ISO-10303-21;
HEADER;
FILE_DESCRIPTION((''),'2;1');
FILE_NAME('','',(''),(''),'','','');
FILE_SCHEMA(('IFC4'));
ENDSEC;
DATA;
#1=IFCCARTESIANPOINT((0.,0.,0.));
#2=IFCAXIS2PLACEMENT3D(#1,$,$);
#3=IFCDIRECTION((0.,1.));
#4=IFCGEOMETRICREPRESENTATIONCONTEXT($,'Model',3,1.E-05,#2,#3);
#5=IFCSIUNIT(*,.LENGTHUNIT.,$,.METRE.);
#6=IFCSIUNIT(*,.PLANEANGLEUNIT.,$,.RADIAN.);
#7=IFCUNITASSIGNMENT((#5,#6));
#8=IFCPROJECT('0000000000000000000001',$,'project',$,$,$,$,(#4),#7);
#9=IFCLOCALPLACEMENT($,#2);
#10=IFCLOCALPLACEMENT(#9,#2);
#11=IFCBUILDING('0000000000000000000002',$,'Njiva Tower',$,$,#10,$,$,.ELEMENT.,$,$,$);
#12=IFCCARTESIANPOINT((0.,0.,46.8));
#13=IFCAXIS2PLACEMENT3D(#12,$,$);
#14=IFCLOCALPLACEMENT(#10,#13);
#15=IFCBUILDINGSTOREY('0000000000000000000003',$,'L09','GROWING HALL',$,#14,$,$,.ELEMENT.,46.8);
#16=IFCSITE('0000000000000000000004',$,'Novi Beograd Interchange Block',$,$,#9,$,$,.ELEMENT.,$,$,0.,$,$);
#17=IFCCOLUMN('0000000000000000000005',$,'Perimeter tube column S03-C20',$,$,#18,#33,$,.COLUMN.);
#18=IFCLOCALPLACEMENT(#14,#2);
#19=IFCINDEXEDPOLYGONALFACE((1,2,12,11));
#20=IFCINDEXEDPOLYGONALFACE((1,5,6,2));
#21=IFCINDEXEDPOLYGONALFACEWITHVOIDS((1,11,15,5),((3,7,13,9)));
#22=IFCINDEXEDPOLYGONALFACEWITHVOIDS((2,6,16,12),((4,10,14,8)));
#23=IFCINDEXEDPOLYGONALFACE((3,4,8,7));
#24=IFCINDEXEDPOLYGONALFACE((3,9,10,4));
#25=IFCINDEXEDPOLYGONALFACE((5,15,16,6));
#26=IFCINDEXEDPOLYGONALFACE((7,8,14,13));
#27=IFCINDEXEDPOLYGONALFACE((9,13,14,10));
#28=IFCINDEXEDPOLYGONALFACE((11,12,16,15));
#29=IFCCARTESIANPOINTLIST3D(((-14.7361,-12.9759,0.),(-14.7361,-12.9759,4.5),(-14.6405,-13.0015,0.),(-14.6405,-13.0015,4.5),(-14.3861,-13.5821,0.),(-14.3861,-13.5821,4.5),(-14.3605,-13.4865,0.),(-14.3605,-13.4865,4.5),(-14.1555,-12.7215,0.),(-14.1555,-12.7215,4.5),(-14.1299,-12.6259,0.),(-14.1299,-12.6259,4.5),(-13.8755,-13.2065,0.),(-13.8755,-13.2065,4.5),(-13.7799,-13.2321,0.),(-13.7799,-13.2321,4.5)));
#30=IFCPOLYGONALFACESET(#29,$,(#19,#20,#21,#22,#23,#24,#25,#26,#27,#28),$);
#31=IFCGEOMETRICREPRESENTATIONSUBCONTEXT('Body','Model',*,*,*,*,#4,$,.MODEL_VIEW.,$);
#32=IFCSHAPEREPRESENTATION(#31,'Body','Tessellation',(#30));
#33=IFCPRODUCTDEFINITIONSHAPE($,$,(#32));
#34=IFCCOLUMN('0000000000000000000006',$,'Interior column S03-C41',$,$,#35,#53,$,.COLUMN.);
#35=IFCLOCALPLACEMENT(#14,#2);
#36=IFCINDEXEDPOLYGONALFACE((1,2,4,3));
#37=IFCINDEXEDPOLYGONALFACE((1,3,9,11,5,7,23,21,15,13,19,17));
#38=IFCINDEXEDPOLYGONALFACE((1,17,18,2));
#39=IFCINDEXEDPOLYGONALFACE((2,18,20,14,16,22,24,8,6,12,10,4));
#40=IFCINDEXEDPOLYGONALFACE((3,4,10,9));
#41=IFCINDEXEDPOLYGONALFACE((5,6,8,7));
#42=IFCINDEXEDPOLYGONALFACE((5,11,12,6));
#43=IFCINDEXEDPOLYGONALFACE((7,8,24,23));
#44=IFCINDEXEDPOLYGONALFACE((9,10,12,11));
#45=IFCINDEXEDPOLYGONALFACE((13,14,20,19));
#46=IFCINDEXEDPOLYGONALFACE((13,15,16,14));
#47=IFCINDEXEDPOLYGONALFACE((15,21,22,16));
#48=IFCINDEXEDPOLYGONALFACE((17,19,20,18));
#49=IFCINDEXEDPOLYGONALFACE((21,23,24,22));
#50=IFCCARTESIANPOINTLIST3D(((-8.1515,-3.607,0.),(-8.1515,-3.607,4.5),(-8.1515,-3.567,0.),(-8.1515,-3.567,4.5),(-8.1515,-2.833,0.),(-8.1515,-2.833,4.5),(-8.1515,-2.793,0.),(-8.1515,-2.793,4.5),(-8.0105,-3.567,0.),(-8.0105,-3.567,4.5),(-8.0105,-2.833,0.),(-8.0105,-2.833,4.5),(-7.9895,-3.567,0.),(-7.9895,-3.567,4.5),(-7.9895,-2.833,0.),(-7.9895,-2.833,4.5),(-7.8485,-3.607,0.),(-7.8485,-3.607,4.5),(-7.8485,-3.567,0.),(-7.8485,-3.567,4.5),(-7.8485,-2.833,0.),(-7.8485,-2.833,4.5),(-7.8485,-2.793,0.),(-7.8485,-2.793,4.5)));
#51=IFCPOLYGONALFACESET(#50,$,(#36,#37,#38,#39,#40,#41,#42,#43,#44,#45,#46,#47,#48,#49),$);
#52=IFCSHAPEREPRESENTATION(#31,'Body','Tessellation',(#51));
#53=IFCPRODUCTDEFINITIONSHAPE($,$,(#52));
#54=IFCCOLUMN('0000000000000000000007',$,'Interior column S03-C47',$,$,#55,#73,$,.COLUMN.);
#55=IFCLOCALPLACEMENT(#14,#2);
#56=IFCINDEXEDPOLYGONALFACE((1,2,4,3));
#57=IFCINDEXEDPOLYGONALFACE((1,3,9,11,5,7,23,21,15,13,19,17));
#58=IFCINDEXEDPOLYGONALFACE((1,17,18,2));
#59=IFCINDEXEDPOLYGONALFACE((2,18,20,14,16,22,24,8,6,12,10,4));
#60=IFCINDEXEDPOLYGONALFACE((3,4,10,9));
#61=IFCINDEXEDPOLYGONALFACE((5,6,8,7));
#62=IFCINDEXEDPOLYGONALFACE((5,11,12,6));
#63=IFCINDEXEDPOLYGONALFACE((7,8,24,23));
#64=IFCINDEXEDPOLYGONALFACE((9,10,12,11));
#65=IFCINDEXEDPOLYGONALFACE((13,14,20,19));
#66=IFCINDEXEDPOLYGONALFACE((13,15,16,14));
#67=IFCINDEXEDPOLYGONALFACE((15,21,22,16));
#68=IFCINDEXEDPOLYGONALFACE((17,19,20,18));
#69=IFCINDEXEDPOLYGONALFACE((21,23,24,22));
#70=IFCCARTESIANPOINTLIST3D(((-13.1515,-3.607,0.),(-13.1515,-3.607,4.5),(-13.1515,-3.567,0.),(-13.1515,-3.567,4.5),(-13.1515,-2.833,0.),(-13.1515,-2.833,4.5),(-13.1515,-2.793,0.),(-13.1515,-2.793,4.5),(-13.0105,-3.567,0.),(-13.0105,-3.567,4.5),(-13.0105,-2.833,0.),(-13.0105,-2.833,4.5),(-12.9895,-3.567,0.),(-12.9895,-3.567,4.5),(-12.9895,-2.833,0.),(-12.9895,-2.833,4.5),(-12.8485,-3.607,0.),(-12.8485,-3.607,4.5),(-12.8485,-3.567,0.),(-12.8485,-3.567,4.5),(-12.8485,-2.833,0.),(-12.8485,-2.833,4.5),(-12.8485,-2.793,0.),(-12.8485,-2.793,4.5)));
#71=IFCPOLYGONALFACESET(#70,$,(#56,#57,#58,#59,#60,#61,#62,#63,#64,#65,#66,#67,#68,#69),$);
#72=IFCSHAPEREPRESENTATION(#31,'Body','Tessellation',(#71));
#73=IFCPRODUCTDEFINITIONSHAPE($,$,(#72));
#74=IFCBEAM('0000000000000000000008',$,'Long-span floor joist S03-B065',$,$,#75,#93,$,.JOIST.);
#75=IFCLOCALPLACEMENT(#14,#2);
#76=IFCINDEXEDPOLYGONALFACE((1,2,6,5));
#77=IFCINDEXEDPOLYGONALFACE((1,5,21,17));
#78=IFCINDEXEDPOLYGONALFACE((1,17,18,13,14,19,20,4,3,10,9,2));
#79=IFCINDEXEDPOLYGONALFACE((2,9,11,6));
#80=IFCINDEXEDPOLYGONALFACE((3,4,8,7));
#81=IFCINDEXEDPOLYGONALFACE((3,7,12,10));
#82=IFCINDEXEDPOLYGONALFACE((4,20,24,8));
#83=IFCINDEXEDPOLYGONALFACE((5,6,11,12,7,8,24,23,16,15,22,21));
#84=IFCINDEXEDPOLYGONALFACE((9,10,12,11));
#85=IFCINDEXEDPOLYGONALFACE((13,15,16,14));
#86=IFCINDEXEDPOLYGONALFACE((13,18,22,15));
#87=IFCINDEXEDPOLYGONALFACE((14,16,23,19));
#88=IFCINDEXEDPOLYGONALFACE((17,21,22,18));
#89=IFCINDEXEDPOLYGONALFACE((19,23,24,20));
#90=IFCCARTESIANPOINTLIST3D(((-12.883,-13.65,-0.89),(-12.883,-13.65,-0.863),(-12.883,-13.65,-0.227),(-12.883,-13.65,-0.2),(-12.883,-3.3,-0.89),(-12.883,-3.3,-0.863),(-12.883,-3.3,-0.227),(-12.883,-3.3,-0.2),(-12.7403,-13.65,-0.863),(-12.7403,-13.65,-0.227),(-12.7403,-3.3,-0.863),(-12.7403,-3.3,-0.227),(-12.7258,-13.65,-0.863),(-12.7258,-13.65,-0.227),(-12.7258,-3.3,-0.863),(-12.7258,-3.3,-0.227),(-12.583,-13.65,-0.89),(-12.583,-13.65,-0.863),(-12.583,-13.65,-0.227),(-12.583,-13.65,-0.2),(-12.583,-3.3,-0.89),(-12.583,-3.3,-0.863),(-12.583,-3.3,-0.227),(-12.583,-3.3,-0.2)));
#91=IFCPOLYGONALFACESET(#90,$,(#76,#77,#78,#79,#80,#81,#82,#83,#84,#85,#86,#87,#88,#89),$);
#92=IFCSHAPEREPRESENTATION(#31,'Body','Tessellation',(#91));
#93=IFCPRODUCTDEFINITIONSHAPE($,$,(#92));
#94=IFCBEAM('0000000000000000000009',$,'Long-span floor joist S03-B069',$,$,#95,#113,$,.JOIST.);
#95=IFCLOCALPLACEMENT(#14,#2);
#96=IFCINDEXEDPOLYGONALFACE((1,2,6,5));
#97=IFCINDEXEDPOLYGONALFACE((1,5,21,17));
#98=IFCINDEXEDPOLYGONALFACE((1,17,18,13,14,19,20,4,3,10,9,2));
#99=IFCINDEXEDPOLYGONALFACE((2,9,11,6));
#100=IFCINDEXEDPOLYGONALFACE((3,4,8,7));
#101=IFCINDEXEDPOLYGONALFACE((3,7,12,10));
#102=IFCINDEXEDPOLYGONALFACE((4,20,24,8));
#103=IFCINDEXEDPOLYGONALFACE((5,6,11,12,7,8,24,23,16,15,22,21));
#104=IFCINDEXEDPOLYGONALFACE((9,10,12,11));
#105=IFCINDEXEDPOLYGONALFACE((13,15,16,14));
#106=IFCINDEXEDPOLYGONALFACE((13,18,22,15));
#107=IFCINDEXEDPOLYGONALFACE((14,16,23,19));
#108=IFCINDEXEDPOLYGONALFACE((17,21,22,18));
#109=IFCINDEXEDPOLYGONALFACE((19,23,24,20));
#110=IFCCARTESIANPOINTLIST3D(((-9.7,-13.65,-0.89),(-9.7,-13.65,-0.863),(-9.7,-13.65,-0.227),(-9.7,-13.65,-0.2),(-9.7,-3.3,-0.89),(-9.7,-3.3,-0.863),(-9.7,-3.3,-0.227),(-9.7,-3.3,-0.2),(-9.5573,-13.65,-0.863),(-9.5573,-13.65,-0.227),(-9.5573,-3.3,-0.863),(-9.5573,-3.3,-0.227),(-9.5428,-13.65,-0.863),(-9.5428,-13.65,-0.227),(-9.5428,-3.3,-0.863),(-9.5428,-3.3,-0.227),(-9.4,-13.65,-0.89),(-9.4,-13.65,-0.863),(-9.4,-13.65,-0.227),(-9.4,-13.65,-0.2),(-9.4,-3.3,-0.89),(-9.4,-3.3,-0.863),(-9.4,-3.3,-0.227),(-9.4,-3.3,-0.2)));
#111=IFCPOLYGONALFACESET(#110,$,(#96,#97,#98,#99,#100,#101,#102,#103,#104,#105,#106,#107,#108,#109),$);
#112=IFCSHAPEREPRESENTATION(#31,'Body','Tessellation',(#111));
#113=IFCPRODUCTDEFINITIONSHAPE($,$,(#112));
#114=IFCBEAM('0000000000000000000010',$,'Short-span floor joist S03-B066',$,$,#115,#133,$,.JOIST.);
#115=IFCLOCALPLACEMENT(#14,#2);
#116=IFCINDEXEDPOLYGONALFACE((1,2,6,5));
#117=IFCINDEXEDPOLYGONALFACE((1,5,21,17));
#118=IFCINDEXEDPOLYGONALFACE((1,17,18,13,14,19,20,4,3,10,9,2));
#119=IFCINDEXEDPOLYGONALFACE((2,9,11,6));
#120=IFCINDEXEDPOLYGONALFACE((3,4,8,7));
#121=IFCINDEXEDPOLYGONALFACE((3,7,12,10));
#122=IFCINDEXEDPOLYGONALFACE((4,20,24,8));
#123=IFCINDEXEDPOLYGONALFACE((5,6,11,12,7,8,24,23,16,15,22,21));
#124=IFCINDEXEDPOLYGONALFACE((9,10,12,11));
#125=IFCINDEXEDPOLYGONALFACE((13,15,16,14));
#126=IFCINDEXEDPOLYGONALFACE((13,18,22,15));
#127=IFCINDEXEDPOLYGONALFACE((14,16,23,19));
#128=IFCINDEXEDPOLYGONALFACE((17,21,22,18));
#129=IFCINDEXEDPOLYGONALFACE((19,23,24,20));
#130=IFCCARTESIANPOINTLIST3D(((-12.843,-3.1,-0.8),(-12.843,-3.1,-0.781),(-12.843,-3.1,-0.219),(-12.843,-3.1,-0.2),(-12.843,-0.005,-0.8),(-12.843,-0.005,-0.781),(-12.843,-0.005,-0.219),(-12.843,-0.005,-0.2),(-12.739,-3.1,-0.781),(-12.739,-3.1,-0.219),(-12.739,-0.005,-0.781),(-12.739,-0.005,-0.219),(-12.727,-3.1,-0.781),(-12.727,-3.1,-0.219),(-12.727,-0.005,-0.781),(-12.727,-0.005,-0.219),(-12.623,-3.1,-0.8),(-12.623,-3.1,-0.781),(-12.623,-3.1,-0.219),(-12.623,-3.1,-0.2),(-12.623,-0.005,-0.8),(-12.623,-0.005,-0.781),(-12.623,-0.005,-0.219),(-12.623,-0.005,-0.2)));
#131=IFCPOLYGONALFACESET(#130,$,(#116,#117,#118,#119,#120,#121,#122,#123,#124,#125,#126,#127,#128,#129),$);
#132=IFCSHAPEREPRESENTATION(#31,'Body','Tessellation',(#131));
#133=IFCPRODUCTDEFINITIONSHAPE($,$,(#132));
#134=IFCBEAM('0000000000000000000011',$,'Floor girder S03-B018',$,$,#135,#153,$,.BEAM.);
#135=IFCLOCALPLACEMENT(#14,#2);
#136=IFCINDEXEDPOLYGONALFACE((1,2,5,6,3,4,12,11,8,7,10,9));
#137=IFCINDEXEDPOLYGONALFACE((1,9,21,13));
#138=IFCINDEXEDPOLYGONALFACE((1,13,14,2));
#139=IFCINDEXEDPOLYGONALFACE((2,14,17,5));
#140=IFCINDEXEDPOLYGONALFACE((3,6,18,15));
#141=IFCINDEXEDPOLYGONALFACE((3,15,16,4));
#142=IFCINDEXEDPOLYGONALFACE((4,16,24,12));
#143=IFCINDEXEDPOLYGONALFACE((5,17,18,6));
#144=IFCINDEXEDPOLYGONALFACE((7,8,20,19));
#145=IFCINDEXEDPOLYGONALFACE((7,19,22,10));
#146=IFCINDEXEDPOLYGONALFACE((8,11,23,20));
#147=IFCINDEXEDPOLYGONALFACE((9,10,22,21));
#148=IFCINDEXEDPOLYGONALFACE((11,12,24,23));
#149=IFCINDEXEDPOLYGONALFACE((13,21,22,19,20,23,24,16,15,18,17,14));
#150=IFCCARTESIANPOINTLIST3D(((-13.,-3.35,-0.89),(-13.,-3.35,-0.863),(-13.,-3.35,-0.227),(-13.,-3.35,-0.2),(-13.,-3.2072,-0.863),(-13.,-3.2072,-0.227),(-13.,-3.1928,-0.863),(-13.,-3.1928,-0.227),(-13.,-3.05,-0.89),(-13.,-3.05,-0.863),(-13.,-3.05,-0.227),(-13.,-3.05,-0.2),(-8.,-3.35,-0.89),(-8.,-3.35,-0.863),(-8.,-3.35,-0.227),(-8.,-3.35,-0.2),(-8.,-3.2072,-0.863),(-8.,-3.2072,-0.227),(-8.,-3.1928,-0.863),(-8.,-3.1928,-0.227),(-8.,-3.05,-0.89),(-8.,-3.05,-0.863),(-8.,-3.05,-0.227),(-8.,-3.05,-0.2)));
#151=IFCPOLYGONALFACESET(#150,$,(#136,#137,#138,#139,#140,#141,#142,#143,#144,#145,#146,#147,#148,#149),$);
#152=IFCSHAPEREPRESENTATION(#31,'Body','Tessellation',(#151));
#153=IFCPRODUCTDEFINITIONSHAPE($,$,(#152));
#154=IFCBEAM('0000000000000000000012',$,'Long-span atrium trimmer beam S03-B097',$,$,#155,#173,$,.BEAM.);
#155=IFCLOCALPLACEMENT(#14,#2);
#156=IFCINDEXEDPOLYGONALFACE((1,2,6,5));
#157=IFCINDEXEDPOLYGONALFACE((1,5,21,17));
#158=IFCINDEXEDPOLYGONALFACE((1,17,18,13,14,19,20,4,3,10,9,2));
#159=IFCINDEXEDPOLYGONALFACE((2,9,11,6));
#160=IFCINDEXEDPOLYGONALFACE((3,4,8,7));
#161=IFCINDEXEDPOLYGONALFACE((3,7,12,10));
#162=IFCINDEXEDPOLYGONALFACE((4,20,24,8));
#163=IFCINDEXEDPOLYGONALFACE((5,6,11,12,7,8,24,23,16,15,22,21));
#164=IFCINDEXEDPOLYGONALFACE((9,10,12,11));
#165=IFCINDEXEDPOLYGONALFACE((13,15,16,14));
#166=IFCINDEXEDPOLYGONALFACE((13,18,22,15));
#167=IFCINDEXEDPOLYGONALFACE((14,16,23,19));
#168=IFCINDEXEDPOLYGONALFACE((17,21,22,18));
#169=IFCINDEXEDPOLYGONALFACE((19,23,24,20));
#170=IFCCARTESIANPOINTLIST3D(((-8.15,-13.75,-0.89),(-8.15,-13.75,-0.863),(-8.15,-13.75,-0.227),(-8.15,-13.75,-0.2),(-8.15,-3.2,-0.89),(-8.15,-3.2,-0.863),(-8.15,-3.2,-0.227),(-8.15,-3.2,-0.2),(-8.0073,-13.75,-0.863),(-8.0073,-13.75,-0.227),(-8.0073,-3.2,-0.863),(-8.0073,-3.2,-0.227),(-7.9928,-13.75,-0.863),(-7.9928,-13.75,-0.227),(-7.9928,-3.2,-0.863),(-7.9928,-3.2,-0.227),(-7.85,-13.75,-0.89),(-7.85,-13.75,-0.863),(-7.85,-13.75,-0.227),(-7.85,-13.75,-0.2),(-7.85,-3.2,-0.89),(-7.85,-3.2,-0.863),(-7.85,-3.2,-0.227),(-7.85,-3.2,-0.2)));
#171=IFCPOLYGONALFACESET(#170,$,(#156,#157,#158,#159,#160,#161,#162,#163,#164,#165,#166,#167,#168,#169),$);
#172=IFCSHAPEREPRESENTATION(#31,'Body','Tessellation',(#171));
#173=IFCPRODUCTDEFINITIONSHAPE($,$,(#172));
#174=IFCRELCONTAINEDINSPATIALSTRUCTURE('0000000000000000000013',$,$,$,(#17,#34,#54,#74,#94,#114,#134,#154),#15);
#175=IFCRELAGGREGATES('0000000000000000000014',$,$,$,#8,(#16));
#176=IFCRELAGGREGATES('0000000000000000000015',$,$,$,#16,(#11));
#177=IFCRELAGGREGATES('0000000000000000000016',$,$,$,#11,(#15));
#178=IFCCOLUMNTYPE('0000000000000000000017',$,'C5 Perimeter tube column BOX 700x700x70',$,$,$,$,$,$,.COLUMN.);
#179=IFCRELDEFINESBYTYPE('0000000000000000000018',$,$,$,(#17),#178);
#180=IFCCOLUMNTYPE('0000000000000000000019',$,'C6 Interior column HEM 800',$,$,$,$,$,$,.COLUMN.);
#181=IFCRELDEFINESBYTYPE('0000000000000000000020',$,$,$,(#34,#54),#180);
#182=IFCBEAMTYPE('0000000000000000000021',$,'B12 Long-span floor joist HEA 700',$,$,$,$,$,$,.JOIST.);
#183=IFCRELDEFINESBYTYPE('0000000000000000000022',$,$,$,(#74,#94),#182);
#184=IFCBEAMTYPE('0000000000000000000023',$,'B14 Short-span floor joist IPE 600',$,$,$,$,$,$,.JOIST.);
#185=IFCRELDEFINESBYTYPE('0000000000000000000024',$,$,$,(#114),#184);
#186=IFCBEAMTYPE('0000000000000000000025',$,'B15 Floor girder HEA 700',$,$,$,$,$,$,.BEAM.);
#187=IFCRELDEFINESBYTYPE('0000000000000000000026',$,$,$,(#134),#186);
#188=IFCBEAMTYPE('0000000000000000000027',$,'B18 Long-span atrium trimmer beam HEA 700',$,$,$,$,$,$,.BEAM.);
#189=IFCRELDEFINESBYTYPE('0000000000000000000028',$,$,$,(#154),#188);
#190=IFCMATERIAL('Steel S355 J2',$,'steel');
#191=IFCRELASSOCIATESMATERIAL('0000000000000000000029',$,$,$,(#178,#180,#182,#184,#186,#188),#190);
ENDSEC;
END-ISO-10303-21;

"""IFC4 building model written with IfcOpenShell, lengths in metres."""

from ifc_helpers import new_model, si_unit, direction, frame, origin, origin_2d, place, context, subcontext, project, spatial, hollow_rectangle, i_section, extrude, material, material_profile, profile_set, type_object, element, save


model = new_model("IFC4")

# Units and contexts
model_context = context("Model", 3, precision=1e-05, world=origin(), true_north=direction((0.0, 1.0)))
body_context = subcontext(model_context, "Body", "Model", "MODEL_VIEW")
ifc_project = project(units=[si_unit("LENGTHUNIT", "METRE"), si_unit("PLANEANGLEUNIT", "RADIAN")], contexts=[model_context])

# Site, building, storey
site_placement = place(None, origin())
site = spatial("IfcSite", under=ifc_project, at=site_placement, Name="Novi Beograd Interchange Block", CompositionType="ELEMENT", RefElevation=0.0)
building_placement = place(site_placement, origin())
building = spatial("IfcBuilding", under=site, at=building_placement, Name="Njiva Tower", CompositionType="ELEMENT")
storey_placement = place(building_placement, frame((0.0, 0.0, 46.8)))
storey = spatial("IfcBuildingStorey", under=building, at=storey_placement, Name="L09", Description="GROWING HALL", CompositionType="ELEMENT", Elevation=46.8)

# Columns
ifc_material_1 = material(Name="Steel S355 J2", Category="steel")
ifc_material_profile_1 = material_profile(ifc_material_1, hollow_rectangle(XDim=0.7, YDim=0.7, WallThickness=0.07, at=origin_2d()), Name="BOX 700x700x70")
ifc_profile_set_1 = profile_set([ifc_material_profile_1], Name="Steel S355 J2")
column_type_1 = type_object("IfcColumnType", Name="C5 Perimeter tube column BOX 700x700x70", PredefinedType="COLUMN", material=ifc_profile_set_1)
column_placement = place(storey_placement, frame((-14.258, -13.104, 0.0), z_axis=(0.0, 0.0, 1.0), x_axis=(0.5, -0.866025, 0.0)))
element("IfcColumn", 1, at=column_placement, inside=storey, type_object=column_type_1, Name="Perimeter tube column S03-C20", PredefinedType="COLUMN", context=body_context, shape_type="SweptSolid", body=[
    extrude(hollow_rectangle(XDim=0.7, YDim=0.7, WallThickness=0.07, at=origin_2d()), origin(), (0.0, 0.0, 1.0), 4.5),
])
ifc_material_profile_2 = material_profile(ifc_material_1, i_section(OverallWidth=0.303, OverallDepth=0.814, WebThickness=0.021, FlangeThickness=0.04, at=origin_2d()), Name="HEM 800")
ifc_profile_set_2 = profile_set([ifc_material_profile_2], Name="Steel S355 J2")
column_type_2 = type_object("IfcColumnType", Name="C6 Interior column HEM 800", PredefinedType="COLUMN", material=ifc_profile_set_2)
for number, where, z_axis, x_axis, name in (
    (2, (-8.0, -3.2, 0.0), (0.0, 0.0, 1.0), (1.0, 0.0, 0.0), "Interior column S03-C41"),
    (3, (-13.0, -3.2, 0.0), (0.0, 0.0, 1.0), (1.0, 0.0, 0.0), "Interior column S03-C47"),
):
    element("IfcColumn", number, at=place(storey_placement, frame(where, z_axis=z_axis, x_axis=x_axis)), inside=storey, type_object=column_type_2, Name=name, PredefinedType="COLUMN", context=body_context, shape_type="SweptSolid", body=[
        extrude(i_section(OverallWidth=0.303, OverallDepth=0.814, WebThickness=0.021, FlangeThickness=0.04, at=origin_2d()), origin(), (0.0, 0.0, 1.0), 4.5),
    ])

# Beams
ifc_material_profile_3 = material_profile(ifc_material_1, i_section(OverallWidth=0.3, OverallDepth=0.69, WebThickness=0.0145, FlangeThickness=0.027, at=origin_2d()), Name="HEA 700")
ifc_profile_set_3 = profile_set([ifc_material_profile_3], Name="Steel S355 J2")
beam_type_1 = type_object("IfcBeamType", Name="B12 Long-span floor joist HEA 700", PredefinedType="JOIST", material=ifc_profile_set_3)
for number, where, z_axis, x_axis, name in (
    (4, (-12.733, -3.3, -0.545), (0.0, -1.0, 0.0), (1.0, 0.0, 0.0), "Long-span floor joist S03-B065"),
    (5, (-9.55, -3.3, -0.545), (0.0, -1.0, 0.0), (1.0, 0.0, 0.0), "Long-span floor joist S03-B069"),
):
    element("IfcBeam", number, at=place(storey_placement, frame(where, z_axis=z_axis, x_axis=x_axis)), inside=storey, type_object=beam_type_1, Name=name, PredefinedType="JOIST", context=body_context, shape_type="SweptSolid", body=[
        extrude(i_section(OverallWidth=0.3, OverallDepth=0.69, WebThickness=0.0145, FlangeThickness=0.027, at=origin_2d()), origin(), (0.0, 0.0, 1.0), 10.35),
    ])
ifc_material_profile_4 = material_profile(ifc_material_1, i_section(OverallWidth=0.22, OverallDepth=0.6, WebThickness=0.012, FlangeThickness=0.019, at=origin_2d()), Name="IPE 600")
ifc_profile_set_4 = profile_set([ifc_material_profile_4], Name="Steel S355 J2")
beam_type_2 = type_object("IfcBeamType", Name="B14 Short-span floor joist IPE 600", PredefinedType="JOIST", material=ifc_profile_set_4)
beam_1_placement = place(storey_placement, frame((-12.733, -0.005, -0.5), z_axis=(0.0, -1.0, 0.0), x_axis=(1.0, 0.0, 0.0)))
element("IfcBeam", 6, at=beam_1_placement, inside=storey, type_object=beam_type_2, Name="Short-span floor joist S03-B066", PredefinedType="JOIST", context=body_context, shape_type="SweptSolid", body=[
    extrude(i_section(OverallWidth=0.22, OverallDepth=0.6, WebThickness=0.012, FlangeThickness=0.019, at=origin_2d()), origin(), (0.0, 0.0, 1.0), 3.095),
])
ifc_material_profile_5 = material_profile(ifc_material_1, i_section(OverallWidth=0.3, OverallDepth=0.69, WebThickness=0.0145, FlangeThickness=0.027, at=origin_2d()), Name="HEA 700")
ifc_profile_set_5 = profile_set([ifc_material_profile_5], Name="Steel S355 J2")
beam_type_3 = type_object("IfcBeamType", Name="B15 Floor girder HEA 700", PredefinedType="BEAM", material=ifc_profile_set_5)
beam_2_placement = place(storey_placement, frame((-13.0, -3.2, -0.545), z_axis=(1.0, 0.0, 0.0), x_axis=(0.0, 1.0, 0.0)))
element("IfcBeam", 7, at=beam_2_placement, inside=storey, type_object=beam_type_3, Name="Floor girder S03-B018", PredefinedType="BEAM", context=body_context, shape_type="SweptSolid", body=[
    extrude(i_section(OverallWidth=0.3, OverallDepth=0.69, WebThickness=0.0145, FlangeThickness=0.027, at=origin_2d()), origin(), (0.0, 0.0, 1.0), 5.0),
])
ifc_material_profile_6 = material_profile(ifc_material_1, i_section(OverallWidth=0.3, OverallDepth=0.69, WebThickness=0.0145, FlangeThickness=0.027, at=origin_2d()), Name="HEA 700")
ifc_profile_set_6 = profile_set([ifc_material_profile_6], Name="Steel S355 J2")
beam_type_4 = type_object("IfcBeamType", Name="B18 Long-span atrium trimmer beam HEA 700", PredefinedType="BEAM", material=ifc_profile_set_6)
beam_3_placement = place(storey_placement, frame((-8.0, -3.2, -0.545), z_axis=(0.0, -1.0, 0.0), x_axis=(1.0, 0.0, 0.0)))
element("IfcBeam", 8, at=beam_3_placement, inside=storey, type_object=beam_type_4, Name="Long-span atrium trimmer beam S03-B097", PredefinedType="BEAM", context=body_context, shape_type="SweptSolid", body=[
    extrude(i_section(OverallWidth=0.3, OverallDepth=0.69, WebThickness=0.0145, FlangeThickness=0.027, at=origin_2d()), origin(), (0.0, 0.0, 1.0), 10.55),
])

save(model, "model.ifc")
